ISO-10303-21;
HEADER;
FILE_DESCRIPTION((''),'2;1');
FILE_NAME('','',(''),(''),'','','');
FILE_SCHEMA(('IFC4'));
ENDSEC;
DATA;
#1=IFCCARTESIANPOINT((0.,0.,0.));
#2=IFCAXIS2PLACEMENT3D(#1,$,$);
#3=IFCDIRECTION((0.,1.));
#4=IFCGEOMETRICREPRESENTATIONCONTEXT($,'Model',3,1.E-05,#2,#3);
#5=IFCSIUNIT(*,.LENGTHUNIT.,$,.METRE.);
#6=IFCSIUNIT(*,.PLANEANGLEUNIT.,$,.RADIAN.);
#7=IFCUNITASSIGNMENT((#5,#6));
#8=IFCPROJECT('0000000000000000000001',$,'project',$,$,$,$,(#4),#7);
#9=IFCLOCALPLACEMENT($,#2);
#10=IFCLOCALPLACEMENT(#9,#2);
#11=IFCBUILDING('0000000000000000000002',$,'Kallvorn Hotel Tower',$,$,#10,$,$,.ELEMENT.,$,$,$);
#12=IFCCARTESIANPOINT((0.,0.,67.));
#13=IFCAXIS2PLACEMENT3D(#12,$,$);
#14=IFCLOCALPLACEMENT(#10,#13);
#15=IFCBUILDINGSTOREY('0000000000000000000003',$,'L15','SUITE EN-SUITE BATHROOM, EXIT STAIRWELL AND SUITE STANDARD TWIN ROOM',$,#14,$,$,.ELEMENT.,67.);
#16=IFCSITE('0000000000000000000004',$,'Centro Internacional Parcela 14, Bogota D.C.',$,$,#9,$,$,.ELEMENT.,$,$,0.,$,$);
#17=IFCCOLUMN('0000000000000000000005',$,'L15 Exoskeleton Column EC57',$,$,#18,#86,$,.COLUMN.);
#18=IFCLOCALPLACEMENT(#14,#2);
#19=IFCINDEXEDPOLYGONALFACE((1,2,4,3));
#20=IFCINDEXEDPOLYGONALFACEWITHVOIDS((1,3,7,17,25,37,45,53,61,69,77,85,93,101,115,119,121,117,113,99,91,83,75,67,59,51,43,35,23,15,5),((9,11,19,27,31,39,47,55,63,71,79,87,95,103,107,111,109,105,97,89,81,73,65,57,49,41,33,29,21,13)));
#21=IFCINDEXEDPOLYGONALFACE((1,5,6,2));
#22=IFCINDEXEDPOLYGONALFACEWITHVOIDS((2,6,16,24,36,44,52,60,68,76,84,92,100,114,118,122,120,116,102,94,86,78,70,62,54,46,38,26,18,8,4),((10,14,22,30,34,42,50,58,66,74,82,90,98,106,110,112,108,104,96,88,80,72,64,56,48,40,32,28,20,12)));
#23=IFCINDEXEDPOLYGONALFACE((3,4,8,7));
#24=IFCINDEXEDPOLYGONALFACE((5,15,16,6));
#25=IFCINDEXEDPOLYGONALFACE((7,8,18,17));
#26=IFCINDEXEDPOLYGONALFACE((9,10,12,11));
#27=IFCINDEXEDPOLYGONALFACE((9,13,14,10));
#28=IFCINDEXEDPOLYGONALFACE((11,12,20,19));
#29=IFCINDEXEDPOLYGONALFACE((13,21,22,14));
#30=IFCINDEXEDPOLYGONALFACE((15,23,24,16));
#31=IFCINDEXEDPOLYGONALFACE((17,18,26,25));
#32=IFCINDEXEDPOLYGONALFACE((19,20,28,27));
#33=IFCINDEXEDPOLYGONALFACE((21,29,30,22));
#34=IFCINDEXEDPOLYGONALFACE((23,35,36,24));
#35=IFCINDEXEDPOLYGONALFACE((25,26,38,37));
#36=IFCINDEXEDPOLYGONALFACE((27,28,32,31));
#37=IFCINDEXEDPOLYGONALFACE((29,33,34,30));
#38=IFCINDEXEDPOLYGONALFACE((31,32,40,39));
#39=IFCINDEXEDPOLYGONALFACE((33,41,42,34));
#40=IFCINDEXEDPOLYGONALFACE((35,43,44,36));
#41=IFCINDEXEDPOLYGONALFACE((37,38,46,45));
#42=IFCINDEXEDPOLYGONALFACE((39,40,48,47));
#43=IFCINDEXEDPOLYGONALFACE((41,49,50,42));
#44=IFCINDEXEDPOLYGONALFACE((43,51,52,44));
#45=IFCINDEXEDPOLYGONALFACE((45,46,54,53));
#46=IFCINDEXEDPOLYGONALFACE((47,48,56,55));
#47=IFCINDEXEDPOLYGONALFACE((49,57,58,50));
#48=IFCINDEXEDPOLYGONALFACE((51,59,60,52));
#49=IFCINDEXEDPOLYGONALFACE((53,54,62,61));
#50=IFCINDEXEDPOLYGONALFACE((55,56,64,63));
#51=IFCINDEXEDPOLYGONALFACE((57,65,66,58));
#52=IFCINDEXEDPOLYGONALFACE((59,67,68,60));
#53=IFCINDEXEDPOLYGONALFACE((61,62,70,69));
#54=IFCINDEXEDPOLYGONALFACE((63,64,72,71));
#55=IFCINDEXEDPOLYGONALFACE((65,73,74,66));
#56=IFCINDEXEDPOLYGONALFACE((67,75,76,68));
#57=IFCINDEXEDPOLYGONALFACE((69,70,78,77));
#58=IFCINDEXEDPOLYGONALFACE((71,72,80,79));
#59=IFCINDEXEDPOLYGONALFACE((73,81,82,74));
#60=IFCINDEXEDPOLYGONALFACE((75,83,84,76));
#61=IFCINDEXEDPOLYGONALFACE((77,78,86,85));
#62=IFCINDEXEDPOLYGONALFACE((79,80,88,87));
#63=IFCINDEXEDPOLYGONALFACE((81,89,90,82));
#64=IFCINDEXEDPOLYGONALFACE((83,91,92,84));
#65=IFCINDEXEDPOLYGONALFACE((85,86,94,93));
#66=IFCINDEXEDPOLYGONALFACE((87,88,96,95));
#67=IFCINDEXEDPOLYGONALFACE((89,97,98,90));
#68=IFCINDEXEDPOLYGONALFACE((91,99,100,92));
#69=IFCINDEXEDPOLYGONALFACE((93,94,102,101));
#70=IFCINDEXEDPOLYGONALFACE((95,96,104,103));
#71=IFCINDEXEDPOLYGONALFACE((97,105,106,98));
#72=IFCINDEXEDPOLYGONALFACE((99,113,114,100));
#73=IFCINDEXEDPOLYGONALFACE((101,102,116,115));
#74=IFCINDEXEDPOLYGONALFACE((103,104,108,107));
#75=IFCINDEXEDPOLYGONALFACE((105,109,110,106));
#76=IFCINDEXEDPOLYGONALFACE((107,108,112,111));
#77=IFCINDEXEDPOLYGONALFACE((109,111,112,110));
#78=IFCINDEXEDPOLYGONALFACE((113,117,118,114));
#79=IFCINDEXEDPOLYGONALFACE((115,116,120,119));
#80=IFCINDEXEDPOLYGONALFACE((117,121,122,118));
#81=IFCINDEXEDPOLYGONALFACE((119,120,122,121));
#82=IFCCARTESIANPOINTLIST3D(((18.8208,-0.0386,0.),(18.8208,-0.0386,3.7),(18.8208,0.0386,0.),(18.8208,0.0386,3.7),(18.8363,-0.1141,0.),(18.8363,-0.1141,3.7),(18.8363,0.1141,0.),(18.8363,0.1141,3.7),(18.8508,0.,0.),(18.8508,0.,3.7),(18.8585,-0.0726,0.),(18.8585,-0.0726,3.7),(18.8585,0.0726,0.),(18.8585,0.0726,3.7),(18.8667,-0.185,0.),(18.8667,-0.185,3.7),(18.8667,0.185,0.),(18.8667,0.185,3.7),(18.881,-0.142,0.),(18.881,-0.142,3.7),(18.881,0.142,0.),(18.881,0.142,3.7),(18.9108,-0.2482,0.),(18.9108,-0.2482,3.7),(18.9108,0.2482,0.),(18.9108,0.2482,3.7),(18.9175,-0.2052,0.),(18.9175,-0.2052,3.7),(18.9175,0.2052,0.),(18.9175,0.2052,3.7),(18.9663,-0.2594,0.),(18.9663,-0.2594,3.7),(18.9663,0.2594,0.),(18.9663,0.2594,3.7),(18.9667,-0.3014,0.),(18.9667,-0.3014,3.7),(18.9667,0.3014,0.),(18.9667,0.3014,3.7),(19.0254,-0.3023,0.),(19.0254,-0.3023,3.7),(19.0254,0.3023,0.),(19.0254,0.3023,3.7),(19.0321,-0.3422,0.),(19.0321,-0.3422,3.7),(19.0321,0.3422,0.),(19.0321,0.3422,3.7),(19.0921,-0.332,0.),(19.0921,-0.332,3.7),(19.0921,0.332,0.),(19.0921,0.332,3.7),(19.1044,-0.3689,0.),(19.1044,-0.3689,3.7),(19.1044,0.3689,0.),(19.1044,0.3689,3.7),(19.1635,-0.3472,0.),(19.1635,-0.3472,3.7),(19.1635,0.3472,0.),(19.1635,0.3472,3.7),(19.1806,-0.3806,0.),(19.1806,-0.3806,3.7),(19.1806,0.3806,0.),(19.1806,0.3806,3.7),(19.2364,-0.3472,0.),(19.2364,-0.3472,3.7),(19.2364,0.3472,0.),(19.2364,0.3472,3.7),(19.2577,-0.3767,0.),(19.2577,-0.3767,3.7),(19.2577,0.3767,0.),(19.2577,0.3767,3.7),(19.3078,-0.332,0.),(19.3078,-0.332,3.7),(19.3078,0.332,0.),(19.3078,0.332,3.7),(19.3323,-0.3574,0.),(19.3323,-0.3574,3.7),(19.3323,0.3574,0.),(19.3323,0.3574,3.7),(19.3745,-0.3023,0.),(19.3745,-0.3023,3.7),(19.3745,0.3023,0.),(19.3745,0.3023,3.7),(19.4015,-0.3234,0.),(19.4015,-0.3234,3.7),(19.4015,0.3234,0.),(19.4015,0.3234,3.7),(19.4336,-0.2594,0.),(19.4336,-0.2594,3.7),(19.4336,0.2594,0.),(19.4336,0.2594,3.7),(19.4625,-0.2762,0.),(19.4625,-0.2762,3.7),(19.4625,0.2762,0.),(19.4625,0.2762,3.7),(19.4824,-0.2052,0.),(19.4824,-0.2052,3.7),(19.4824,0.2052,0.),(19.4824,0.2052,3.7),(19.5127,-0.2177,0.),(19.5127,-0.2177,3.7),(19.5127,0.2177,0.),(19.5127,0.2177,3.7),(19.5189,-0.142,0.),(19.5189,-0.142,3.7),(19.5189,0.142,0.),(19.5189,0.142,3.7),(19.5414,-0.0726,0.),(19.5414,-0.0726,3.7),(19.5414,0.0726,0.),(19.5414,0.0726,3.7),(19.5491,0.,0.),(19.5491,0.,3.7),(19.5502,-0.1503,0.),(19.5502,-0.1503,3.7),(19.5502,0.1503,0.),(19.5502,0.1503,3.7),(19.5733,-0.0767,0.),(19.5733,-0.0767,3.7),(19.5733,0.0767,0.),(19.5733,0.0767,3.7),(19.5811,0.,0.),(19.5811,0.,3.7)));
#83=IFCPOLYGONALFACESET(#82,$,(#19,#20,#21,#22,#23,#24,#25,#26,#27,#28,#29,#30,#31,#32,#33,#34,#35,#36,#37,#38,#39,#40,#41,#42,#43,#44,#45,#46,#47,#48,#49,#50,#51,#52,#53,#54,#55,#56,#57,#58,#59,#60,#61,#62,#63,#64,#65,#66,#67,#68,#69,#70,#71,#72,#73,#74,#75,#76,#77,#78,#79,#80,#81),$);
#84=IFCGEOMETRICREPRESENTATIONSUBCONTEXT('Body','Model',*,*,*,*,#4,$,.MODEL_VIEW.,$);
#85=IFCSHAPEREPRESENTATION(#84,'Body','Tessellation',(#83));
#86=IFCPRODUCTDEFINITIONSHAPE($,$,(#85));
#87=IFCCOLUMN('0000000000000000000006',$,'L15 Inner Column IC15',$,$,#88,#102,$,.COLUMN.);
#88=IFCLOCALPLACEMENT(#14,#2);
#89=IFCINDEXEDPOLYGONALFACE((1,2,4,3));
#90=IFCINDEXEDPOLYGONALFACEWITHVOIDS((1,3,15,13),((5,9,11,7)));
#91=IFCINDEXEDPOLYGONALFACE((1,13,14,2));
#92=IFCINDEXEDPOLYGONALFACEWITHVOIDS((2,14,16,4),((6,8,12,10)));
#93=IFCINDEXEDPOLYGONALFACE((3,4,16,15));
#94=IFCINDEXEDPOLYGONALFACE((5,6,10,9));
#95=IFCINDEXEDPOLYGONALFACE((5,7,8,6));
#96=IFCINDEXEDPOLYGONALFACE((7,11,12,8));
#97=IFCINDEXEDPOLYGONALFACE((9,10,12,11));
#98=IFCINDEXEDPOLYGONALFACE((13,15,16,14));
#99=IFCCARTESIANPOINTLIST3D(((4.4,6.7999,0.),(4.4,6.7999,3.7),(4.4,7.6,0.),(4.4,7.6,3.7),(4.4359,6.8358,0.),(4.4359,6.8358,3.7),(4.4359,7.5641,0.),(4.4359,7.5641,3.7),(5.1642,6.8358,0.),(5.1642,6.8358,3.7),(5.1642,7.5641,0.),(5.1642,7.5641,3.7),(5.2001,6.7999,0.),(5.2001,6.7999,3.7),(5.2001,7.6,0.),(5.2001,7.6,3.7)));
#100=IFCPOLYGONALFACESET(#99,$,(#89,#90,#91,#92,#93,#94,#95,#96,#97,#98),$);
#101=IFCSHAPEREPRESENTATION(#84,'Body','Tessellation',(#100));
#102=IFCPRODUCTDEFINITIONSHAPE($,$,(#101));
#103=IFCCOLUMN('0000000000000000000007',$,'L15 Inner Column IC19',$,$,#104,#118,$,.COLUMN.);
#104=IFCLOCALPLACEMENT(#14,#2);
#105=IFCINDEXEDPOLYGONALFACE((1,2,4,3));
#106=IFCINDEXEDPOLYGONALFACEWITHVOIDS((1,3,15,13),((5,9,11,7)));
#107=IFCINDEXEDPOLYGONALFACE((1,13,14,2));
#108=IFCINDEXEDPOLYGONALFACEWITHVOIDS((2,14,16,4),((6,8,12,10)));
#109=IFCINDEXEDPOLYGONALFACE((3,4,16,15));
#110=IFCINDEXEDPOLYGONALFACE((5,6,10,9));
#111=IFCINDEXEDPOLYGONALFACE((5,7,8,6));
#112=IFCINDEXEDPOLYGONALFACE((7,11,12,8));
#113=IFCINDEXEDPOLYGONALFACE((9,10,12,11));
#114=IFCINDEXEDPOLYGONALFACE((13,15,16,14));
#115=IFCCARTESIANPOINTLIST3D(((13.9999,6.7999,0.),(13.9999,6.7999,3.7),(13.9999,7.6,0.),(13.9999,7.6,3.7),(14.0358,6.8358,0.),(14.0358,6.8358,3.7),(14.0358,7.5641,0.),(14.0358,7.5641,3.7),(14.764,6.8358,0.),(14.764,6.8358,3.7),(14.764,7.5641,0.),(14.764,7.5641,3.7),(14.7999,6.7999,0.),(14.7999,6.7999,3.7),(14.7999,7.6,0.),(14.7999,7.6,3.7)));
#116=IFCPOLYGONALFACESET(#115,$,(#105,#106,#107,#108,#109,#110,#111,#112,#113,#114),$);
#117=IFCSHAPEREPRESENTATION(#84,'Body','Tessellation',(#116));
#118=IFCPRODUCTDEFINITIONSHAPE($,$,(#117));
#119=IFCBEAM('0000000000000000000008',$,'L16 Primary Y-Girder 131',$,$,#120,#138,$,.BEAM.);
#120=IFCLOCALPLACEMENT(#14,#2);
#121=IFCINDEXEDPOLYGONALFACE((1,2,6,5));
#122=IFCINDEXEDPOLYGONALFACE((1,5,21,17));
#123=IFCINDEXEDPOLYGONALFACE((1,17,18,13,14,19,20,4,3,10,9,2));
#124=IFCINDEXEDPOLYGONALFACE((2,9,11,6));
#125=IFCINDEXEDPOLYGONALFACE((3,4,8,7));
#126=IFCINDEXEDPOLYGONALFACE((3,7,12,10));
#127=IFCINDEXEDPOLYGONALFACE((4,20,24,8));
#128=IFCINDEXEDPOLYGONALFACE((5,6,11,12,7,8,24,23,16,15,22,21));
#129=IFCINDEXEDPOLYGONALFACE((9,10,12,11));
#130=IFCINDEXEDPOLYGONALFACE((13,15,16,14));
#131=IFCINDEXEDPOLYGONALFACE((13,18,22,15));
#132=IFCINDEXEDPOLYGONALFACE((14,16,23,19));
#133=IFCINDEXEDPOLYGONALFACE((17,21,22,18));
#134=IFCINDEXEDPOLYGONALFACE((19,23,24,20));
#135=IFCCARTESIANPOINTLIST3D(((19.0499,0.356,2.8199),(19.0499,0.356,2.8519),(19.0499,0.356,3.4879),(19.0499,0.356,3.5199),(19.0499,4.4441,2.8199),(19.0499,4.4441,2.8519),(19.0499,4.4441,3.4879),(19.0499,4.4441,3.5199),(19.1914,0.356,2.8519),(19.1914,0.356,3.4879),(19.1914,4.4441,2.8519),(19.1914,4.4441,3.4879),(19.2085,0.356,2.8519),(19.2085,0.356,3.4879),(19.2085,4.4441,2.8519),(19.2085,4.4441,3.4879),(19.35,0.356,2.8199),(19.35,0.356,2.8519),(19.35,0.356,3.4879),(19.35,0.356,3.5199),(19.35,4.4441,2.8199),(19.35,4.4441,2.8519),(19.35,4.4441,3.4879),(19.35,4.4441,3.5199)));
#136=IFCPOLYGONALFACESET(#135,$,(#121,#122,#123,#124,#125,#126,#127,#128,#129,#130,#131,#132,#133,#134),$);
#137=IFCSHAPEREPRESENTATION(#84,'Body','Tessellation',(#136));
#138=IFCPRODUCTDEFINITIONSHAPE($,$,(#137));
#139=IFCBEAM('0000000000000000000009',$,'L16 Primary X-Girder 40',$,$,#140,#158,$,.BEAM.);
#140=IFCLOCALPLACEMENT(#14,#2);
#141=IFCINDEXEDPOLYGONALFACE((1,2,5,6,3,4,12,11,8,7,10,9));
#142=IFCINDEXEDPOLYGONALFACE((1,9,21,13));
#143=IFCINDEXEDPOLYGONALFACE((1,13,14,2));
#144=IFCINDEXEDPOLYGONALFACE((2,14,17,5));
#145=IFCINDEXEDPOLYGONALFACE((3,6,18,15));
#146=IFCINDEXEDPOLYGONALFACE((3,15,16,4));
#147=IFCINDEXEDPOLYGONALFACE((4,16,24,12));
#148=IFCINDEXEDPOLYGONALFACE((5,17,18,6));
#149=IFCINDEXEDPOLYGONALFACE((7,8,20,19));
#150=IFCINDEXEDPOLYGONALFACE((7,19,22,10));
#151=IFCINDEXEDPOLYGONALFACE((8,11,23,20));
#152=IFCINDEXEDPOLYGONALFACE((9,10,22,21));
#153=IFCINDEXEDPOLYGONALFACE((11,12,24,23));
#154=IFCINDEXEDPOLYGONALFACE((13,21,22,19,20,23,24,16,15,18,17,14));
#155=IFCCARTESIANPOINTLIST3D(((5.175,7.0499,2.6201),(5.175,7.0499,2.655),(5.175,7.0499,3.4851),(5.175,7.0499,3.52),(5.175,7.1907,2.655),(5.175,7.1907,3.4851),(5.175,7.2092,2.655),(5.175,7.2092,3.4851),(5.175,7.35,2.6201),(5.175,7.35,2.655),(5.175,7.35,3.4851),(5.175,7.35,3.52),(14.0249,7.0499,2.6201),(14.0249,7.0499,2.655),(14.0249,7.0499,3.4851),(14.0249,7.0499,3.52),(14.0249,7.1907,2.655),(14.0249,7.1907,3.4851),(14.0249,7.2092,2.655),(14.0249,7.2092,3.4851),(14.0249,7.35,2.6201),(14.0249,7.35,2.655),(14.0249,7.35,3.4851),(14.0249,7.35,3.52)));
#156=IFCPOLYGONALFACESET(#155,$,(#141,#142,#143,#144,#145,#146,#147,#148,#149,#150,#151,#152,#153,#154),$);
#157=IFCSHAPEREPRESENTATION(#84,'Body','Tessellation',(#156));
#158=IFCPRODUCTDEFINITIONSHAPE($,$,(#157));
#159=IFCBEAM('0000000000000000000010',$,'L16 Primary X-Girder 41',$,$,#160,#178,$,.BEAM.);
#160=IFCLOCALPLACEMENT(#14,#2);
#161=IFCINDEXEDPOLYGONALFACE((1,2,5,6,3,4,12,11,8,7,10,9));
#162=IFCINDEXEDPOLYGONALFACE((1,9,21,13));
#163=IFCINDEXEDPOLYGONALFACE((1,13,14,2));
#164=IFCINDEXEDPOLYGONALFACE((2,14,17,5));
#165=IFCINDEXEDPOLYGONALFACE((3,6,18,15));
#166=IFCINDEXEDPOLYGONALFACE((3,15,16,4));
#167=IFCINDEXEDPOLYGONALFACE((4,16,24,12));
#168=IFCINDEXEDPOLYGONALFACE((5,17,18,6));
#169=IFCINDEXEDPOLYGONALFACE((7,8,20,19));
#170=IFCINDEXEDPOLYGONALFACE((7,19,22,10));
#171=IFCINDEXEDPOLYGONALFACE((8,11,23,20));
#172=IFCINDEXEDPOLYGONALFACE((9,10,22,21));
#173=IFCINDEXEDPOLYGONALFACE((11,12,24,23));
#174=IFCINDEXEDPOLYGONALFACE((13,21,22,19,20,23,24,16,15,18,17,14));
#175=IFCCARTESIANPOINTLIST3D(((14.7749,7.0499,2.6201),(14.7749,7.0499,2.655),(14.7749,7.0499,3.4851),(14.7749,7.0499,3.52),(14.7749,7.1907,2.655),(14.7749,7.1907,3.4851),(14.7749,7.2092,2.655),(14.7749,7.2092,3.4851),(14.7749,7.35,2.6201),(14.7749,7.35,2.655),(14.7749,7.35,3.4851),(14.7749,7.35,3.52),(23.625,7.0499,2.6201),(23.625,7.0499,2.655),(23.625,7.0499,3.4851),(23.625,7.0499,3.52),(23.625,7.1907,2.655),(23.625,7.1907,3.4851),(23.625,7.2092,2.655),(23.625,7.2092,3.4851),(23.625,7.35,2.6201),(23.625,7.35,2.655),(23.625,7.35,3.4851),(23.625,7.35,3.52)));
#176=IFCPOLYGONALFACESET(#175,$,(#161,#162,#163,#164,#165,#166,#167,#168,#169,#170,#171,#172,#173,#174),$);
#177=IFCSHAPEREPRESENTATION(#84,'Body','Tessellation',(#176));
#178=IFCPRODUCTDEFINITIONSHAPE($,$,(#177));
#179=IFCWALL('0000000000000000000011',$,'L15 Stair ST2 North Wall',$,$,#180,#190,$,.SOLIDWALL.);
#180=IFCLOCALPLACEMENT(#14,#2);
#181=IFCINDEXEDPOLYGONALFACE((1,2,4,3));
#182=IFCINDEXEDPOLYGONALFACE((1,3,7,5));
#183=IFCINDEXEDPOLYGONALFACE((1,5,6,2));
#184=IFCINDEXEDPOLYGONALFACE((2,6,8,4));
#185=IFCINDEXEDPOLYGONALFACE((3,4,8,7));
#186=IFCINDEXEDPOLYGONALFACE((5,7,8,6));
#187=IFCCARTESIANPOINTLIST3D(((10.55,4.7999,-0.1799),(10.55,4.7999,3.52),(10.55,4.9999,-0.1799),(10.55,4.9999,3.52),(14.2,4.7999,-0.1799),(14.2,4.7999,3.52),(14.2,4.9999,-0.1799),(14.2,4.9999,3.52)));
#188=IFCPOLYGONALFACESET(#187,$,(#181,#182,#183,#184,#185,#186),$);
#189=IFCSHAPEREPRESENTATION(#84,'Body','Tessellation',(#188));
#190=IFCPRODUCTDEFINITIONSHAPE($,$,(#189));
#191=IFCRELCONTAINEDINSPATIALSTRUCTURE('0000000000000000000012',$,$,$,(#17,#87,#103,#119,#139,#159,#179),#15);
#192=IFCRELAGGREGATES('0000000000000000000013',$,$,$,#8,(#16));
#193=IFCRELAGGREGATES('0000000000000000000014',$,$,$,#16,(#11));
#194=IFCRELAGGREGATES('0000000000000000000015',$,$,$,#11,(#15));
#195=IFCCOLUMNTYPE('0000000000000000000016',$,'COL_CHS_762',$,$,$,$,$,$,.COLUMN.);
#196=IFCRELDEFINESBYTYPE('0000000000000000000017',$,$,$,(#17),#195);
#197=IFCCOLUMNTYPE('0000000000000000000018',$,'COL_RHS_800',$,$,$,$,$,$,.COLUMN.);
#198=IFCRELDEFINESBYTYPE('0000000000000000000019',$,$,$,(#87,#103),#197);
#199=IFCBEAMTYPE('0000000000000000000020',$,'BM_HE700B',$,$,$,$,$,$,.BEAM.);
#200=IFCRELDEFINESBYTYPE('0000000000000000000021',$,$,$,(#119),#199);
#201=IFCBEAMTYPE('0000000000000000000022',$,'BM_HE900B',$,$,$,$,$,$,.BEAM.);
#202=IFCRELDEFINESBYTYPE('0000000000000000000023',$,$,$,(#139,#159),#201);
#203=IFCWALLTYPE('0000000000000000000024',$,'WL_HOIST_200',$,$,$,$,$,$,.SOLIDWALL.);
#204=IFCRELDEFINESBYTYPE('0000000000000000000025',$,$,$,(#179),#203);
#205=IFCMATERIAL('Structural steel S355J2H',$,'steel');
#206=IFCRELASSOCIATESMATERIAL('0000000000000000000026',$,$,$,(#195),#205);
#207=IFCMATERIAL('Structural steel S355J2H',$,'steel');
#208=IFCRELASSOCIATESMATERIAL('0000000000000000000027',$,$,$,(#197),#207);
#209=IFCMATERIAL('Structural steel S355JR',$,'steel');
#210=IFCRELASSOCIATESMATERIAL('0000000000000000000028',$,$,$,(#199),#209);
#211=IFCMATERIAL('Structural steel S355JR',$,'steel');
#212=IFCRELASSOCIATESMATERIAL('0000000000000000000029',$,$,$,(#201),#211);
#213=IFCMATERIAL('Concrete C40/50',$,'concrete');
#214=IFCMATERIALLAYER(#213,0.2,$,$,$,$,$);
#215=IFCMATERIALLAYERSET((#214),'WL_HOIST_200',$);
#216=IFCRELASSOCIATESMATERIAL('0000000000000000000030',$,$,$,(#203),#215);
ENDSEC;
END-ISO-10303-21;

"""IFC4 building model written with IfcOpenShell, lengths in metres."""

from ifc_helpers import new_model, si_unit, direction, frame, frame_2d, origin, origin_2d, place, context, subcontext, project, spatial, rectangle, hollow_rectangle, hollow_circle, i_section, extrude, material, layer, layer_set, material_profile, profile_set, type_object, element, save


model = new_model("IFC4")

# Units and contexts
model_context = context("Model", 3, precision=1e-05, world=origin(), true_north=direction((0.0, 1.0)))
body_context = subcontext(model_context, "Body", "Model", "MODEL_VIEW")
ifc_project = project(units=[si_unit("LENGTHUNIT", "METRE"), si_unit("PLANEANGLEUNIT", "RADIAN")], contexts=[model_context])

# Site, building, storey
site_placement = place(None, origin())
site = spatial("IfcSite", under=ifc_project, at=site_placement, Name="Centro Internacional Parcela 14, Bogota D.C.", CompositionType="ELEMENT", RefElevation=0.0)
building_placement = place(site_placement, origin())
building = spatial("IfcBuilding", under=site, at=building_placement, Name="Kallvorn Hotel Tower", CompositionType="ELEMENT")
storey_placement = place(building_placement, frame((0.0, 0.0, 67.0)))
storey = spatial("IfcBuildingStorey", under=building, at=storey_placement, Name="L15", Description="SUITE EN-SUITE BATHROOM, EXIT STAIRWELL AND SUITE STANDARD TWIN ROOM", CompositionType="ELEMENT", Elevation=67.0)

# Columns
ifc_material_1 = material(Name="Structural steel S355J2H", Category="steel")
ifc_material_profile_1 = material_profile(ifc_material_1, hollow_circle(Radius=0.3811, WallThickness=0.032, at=origin_2d()), Name="CHS 762x32")
ifc_profile_set_1 = profile_set([ifc_material_profile_1], Name="Structural steel S355J2H")
column_type_1 = type_object("IfcColumnType", Name="COL_CHS_762", PredefinedType="COLUMN", material=ifc_profile_set_1)
column_placement = place(storey_placement, frame((19.2, 0.0, 0.0), z_axis=(0.0, 0.0, 1.0), x_axis=(1.0, 0.0, 0.0)))
element("IfcColumn", 1, at=column_placement, inside=storey, type_object=column_type_1, Name="L15 Exoskeleton Column EC57", PredefinedType="COLUMN", context=body_context, shape_type="SweptSolid", body=[
    extrude(hollow_circle(Radius=0.3811, WallThickness=0.032, at=origin_2d()), origin(), (0.0, 0.0, 1.0), 3.7),
])
ifc_material_2 = material(Name="Structural steel S355J2H", Category="steel")
ifc_material_profile_2 = material_profile(ifc_material_2, hollow_rectangle(XDim=0.8, YDim=0.8, WallThickness=0.0359, at=origin_2d()), Name="RHS 800x800x36")
ifc_profile_set_2 = profile_set([ifc_material_profile_2], Name="Structural steel S355J2H")
column_type_2 = type_object("IfcColumnType", Name="COL_RHS_800", PredefinedType="COLUMN", material=ifc_profile_set_2)
for number, where, z_axis, x_axis, name in (
    (2, (4.8, 7.2, 0.0), (0.0, 0.0, 1.0), (1.0, 0.0, 0.0), "L15 Inner Column IC15"),
    (3, (14.3999, 7.2, 0.0), (0.0, 0.0, 1.0), (1.0, 0.0, 0.0), "L15 Inner Column IC19"),
):
    element("IfcColumn", number, at=place(storey_placement, frame(where, z_axis=z_axis, x_axis=x_axis)), inside=storey, type_object=column_type_2, Name=name, PredefinedType="COLUMN", context=body_context, shape_type="SweptSolid", body=[
        extrude(hollow_rectangle(XDim=0.8, YDim=0.8, WallThickness=0.0359, at=origin_2d()), origin(), (0.0, 0.0, 1.0), 3.7),
    ])

# Beams
ifc_material_3 = material(Name="Structural steel S355JR", Category="steel")
ifc_material_profile_3 = material_profile(ifc_material_3, i_section(OverallWidth=0.3, OverallDepth=0.7, WebThickness=0.0171, FlangeThickness=0.032, at=origin_2d()), Name="HE 700 B")
ifc_profile_set_3 = profile_set([ifc_material_profile_3], Name="Structural steel S355JR")
beam_type_1 = type_object("IfcBeamType", Name="BM_HE700B", PredefinedType="BEAM", material=ifc_profile_set_3)
beam_1_placement = place(storey_placement, frame((19.2, 0.356, 3.1699), z_axis=(0.0, 1.0, 0.0), x_axis=(-1.0, 0.0, 0.0)))
element("IfcBeam", 4, at=beam_1_placement, inside=storey, type_object=beam_type_1, Name="L16 Primary Y-Girder 131", PredefinedType="BEAM", context=body_context, shape_type="SweptSolid", body=[
    extrude(i_section(OverallWidth=0.3, OverallDepth=0.7, WebThickness=0.0171, FlangeThickness=0.032, at=origin_2d()), origin(), (0.0, 0.0, 1.0), 4.0881),
])
ifc_material_4 = material(Name="Structural steel S355JR", Category="steel")
ifc_material_profile_4 = material_profile(ifc_material_4, i_section(OverallWidth=0.3, OverallDepth=0.8999, WebThickness=0.0186, FlangeThickness=0.0349, at=origin_2d()), Name="HE 900 B")
ifc_profile_set_4 = profile_set([ifc_material_profile_4], Name="Structural steel S355JR")
beam_type_2 = type_object("IfcBeamType", Name="BM_HE900B", PredefinedType="BEAM", material=ifc_profile_set_4)
beam_2_placement = place(storey_placement, frame((5.175, 7.2, 3.0701), z_axis=(1.0, 0.0, 0.0), x_axis=(0.0, 1.0, 0.0)))
element("IfcBeam", 5, at=beam_2_placement, inside=storey, type_object=beam_type_2, Name="L16 Primary X-Girder 40", PredefinedType="BEAM", context=body_context, shape_type="SweptSolid", body=[
    extrude(i_section(OverallWidth=0.3, OverallDepth=0.8999, WebThickness=0.0186, FlangeThickness=0.0349, at=origin_2d()), origin(), (0.0, 0.0, 1.0), 8.8499),
])
beam_3_placement = place(storey_placement, frame((14.7749, 7.2, 3.0701), z_axis=(1.0, 0.0, 0.0), x_axis=(0.0, 1.0, 0.0)))
element("IfcBeam", 6, at=beam_3_placement, inside=storey, type_object=beam_type_2, Name="L16 Primary X-Girder 41", PredefinedType="BEAM", context=body_context, shape_type="SweptSolid", body=[
    extrude(i_section(OverallWidth=0.3, OverallDepth=0.8999, WebThickness=0.0186, FlangeThickness=0.0349, at=origin_2d()), origin(), (0.0, 0.0, 1.0), 8.8501),
])

# Wall
ifc_material_5 = material(Name="Concrete C40/50", Category="concrete")
ifc_layer_1 = layer(ifc_material_5, 0.2)
ifc_layer_set_1 = layer_set([ifc_layer_1], Name="WL_HOIST_200")
wall_type_1 = type_object("IfcWallType", Name="WL_HOIST_200", PredefinedType="SOLIDWALL", material=ifc_layer_set_1)
wall_1_placement = place(storey_placement, frame((10.55, 4.8999, -0.1799), z_axis=(0.0, 0.0, 1.0), x_axis=(1.0, 0.0, 0.0)))
element("IfcWall", 7, at=wall_1_placement, inside=storey, type_object=wall_type_1, Name="L15 Stair ST2 North Wall", PredefinedType="SOLIDWALL", context=body_context, shape_type="SweptSolid", body=[
    extrude(rectangle(XDim=3.6499, YDim=0.2, at=frame_2d((1.825, 0.0))), origin(), (0.0, 0.0, 1.0), 3.7),
])

save(model, "model.ifc")
